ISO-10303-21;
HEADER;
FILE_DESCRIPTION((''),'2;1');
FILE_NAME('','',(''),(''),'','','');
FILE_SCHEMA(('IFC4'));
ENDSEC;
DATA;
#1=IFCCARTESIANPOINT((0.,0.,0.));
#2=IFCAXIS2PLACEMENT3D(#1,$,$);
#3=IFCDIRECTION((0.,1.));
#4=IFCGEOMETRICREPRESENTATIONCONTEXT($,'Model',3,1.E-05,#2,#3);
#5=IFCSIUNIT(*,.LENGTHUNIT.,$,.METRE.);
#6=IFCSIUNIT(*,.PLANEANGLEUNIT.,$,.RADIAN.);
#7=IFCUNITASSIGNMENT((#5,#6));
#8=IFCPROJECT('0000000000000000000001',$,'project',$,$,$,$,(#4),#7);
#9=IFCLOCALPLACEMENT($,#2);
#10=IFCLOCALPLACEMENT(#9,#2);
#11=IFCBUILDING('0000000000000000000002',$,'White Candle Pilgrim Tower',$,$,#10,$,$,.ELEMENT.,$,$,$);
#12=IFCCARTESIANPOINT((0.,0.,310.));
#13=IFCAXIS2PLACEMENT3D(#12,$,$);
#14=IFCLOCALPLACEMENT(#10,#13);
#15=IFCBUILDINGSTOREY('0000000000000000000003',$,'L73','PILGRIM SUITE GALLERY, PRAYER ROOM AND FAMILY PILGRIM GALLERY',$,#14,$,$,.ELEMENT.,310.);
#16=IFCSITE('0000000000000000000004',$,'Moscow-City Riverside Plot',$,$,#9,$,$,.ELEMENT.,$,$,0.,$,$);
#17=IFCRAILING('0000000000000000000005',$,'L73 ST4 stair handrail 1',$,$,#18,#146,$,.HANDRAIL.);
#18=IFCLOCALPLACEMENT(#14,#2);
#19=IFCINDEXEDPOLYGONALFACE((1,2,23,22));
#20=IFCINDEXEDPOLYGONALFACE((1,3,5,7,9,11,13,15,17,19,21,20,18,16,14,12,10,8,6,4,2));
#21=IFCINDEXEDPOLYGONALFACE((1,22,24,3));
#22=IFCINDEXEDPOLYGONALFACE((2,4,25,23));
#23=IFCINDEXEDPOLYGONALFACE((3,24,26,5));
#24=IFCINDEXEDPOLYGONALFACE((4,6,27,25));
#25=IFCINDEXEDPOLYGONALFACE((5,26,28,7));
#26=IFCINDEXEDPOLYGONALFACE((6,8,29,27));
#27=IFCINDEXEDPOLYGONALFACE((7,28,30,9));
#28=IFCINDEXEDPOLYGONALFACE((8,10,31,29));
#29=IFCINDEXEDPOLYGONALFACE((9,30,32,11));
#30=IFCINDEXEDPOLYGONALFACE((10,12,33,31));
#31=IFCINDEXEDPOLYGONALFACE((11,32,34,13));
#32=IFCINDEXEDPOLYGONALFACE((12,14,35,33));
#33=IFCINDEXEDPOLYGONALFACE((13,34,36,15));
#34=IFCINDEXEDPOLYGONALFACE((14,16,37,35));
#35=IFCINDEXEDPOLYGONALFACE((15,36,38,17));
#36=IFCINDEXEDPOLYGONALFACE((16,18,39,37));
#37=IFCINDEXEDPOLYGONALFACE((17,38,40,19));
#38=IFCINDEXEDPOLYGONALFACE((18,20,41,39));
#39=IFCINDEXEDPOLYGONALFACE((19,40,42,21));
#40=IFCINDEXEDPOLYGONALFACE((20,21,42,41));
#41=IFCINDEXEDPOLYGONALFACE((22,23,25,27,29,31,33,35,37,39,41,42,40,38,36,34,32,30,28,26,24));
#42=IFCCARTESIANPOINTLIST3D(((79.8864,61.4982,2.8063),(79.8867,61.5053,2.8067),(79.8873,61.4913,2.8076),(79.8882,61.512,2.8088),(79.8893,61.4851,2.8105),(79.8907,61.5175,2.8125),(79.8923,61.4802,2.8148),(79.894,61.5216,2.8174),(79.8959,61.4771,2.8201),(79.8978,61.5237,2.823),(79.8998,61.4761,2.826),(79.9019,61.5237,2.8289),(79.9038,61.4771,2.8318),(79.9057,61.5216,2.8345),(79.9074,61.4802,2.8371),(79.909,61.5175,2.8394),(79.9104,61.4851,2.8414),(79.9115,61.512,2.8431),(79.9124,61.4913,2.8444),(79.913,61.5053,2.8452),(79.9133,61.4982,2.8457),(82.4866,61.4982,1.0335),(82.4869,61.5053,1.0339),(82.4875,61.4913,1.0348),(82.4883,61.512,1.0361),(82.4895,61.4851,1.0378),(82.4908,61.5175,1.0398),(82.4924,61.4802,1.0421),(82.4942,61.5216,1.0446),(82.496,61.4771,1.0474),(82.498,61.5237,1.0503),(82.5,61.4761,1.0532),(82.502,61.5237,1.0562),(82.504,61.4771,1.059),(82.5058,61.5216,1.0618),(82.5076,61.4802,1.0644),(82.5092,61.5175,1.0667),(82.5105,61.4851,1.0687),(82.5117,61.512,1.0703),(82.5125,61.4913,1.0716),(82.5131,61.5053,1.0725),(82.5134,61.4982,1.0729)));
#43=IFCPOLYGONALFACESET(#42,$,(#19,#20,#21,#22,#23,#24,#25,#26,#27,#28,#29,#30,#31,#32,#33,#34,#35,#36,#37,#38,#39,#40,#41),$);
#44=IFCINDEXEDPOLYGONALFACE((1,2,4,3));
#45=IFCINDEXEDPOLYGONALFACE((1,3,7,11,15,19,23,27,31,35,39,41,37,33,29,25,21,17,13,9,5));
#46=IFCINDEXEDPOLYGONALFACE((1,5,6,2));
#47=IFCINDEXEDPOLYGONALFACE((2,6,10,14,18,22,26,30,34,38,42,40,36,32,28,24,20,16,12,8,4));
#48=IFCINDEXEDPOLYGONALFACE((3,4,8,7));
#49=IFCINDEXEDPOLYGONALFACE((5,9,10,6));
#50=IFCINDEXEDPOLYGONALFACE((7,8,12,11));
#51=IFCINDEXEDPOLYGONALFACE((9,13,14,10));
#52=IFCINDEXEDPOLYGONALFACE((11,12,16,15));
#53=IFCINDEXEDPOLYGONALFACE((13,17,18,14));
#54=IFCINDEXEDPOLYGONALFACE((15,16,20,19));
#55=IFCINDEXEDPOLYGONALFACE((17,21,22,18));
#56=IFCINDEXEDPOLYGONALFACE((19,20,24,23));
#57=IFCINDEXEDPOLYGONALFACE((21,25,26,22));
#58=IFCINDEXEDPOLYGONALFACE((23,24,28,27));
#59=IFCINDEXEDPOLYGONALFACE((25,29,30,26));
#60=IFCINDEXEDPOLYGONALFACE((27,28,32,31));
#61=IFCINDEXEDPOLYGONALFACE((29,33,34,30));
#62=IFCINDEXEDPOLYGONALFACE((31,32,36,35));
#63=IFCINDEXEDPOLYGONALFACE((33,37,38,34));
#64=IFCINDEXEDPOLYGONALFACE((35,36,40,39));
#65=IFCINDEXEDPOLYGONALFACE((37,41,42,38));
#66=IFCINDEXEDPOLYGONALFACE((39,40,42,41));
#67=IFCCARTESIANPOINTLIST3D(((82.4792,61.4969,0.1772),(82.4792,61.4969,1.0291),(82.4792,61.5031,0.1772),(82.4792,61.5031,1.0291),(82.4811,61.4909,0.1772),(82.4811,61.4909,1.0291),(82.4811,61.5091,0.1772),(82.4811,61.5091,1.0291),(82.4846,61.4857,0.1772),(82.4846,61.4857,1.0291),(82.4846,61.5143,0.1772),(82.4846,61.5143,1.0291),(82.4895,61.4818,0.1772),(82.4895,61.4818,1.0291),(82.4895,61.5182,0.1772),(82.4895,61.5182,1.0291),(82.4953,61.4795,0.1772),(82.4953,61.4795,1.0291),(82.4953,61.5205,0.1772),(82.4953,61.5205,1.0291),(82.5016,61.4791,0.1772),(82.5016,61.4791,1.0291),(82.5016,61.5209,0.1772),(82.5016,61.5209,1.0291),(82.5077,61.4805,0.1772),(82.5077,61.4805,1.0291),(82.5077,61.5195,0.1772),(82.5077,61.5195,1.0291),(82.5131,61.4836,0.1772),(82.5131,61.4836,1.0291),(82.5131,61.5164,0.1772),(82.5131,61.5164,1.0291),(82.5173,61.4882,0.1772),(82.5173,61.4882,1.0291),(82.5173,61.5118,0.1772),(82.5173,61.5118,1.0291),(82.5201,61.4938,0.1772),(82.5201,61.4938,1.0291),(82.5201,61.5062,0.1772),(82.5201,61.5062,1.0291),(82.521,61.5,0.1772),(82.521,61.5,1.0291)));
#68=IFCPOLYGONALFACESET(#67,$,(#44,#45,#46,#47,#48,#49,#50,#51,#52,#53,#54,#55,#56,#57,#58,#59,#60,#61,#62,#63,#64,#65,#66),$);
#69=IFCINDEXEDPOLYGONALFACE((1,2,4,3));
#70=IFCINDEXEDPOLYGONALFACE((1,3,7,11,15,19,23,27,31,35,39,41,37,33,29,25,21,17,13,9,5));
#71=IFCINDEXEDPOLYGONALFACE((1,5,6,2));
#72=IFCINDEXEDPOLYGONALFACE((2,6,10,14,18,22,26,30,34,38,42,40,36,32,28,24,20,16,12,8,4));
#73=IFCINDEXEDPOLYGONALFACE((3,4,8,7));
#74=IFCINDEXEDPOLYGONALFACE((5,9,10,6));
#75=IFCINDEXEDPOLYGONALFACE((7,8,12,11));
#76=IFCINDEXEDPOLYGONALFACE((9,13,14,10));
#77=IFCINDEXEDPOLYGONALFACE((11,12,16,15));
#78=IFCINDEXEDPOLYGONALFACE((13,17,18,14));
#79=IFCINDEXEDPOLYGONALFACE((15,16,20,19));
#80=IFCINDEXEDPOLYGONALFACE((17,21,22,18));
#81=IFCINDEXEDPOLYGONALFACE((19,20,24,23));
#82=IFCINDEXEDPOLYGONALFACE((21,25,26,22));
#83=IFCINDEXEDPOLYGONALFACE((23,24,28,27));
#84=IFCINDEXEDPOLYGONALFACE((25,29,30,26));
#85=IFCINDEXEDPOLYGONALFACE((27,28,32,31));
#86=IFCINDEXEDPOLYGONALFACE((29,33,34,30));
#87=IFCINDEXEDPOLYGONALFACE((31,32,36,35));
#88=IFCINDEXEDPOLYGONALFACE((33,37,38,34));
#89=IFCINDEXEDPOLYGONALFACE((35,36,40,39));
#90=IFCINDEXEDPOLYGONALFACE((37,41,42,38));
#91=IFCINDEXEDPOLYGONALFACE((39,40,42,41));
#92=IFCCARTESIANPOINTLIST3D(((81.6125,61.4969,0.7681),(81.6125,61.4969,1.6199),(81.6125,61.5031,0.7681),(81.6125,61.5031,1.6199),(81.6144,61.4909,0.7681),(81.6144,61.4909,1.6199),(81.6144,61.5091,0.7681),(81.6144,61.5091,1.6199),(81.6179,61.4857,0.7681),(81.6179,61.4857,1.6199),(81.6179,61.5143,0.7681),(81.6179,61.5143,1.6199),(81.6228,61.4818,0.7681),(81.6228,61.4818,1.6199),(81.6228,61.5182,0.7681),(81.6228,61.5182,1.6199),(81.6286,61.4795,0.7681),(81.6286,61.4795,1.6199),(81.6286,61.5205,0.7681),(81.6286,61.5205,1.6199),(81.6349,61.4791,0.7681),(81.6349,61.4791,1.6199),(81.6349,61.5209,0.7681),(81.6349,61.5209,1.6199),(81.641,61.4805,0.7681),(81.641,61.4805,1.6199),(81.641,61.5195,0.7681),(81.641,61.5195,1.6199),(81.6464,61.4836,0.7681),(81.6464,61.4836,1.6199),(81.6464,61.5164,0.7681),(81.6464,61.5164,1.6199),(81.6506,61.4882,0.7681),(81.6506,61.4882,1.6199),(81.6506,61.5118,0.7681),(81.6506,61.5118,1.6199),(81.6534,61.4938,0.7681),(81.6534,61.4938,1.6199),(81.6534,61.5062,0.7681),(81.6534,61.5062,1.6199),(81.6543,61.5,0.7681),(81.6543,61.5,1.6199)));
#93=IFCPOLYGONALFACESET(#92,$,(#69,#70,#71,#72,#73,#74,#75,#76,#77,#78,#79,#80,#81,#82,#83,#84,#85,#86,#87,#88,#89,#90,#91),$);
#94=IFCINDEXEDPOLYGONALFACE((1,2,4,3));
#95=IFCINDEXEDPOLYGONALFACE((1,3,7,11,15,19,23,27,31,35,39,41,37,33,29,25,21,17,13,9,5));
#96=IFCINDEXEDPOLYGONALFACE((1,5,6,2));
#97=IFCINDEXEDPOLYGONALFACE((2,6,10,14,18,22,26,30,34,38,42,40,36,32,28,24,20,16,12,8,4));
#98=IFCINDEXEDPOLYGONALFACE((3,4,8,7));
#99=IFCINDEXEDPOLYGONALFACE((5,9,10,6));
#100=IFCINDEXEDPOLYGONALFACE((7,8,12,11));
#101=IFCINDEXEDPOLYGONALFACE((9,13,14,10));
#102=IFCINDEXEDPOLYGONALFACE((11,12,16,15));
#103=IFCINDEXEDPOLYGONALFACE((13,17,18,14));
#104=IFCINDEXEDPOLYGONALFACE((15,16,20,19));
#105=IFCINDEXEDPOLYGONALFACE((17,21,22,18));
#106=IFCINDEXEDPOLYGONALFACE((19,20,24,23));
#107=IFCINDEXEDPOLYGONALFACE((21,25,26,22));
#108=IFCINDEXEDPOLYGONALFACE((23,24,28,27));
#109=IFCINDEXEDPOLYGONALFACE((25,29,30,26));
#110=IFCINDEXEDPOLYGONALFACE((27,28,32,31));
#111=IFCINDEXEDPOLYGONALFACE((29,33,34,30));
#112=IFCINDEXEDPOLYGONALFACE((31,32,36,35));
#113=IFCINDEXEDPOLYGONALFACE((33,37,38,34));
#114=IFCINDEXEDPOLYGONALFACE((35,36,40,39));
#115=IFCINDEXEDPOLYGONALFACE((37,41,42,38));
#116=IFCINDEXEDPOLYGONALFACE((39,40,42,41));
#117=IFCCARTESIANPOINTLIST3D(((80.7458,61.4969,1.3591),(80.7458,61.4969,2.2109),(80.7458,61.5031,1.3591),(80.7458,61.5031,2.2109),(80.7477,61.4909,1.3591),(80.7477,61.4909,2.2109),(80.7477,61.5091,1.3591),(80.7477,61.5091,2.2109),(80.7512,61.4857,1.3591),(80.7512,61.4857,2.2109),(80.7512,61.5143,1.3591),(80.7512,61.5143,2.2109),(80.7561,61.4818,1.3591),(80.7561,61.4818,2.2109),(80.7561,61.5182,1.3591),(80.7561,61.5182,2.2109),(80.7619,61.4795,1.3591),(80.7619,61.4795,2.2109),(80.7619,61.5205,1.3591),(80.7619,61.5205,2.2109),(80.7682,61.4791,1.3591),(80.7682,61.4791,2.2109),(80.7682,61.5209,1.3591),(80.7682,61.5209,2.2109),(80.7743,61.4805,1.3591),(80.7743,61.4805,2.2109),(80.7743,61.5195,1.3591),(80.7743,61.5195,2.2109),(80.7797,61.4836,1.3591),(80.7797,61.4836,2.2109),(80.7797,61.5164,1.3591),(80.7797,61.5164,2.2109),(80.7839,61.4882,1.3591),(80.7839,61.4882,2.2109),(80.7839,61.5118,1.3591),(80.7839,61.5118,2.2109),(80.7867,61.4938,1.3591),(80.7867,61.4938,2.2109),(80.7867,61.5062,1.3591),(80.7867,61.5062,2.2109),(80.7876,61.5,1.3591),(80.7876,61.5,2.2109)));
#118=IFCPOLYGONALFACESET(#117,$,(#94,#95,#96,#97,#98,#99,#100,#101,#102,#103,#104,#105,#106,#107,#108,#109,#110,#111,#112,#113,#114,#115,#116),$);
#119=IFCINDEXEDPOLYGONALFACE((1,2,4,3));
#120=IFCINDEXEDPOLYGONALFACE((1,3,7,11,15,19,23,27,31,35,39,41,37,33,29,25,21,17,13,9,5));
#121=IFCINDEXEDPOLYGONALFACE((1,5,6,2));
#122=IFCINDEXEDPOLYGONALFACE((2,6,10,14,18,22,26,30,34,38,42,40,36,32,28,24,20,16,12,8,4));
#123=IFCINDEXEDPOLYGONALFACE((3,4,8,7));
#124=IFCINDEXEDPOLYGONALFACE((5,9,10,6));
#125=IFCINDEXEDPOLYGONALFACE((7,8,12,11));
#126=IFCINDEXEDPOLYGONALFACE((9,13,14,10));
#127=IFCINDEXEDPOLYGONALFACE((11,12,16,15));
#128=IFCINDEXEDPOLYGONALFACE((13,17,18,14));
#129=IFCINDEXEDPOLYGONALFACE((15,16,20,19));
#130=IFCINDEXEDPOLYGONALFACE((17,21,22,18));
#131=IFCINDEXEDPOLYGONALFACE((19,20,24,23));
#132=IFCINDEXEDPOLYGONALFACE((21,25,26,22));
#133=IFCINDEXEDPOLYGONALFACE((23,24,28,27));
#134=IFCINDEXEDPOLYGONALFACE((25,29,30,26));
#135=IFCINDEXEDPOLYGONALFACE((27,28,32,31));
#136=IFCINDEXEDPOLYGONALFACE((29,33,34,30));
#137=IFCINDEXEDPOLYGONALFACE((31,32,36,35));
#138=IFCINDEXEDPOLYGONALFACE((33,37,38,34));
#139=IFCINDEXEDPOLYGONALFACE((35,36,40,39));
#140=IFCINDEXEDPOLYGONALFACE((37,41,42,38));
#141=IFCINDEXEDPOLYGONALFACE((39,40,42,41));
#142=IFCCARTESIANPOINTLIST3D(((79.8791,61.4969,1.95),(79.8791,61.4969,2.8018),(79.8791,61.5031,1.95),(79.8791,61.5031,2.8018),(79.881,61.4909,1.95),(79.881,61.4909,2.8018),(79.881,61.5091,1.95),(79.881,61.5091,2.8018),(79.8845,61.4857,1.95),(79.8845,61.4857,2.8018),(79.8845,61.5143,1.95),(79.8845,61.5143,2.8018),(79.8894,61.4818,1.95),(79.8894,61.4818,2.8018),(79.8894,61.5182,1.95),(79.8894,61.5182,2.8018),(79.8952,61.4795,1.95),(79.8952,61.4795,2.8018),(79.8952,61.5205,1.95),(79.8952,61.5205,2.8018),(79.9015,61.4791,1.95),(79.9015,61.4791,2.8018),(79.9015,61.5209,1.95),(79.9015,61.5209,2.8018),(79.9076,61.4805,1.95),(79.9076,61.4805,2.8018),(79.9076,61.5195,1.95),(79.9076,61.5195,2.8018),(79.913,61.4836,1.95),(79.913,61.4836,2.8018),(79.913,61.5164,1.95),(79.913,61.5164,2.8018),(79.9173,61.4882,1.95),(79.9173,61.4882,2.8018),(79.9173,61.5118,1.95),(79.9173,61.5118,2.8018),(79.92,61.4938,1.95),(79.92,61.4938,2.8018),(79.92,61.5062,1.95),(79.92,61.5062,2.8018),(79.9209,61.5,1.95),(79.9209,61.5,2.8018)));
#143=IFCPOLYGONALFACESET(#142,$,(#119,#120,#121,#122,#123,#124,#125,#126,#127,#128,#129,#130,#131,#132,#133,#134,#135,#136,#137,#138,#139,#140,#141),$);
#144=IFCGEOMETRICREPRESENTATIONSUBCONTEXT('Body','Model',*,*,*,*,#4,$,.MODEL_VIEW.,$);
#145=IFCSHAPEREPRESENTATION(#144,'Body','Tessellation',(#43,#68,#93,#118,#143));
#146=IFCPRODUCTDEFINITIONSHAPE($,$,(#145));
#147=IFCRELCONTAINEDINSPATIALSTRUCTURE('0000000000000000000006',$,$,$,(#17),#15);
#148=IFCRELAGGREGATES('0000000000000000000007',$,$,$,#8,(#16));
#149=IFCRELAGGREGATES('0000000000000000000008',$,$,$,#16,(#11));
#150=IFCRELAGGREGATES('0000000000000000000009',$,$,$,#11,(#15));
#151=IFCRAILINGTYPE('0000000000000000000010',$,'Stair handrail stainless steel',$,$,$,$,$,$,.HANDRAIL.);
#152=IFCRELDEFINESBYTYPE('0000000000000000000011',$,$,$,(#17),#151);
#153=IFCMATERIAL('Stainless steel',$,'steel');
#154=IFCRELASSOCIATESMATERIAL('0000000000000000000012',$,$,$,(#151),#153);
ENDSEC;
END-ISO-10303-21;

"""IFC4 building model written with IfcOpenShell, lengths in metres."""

from ifc_helpers import new_model, si_unit, direction, frame, origin, origin_2d, place, context, subcontext, project, spatial, circle, extrude, material, type_object, element, save


model = new_model("IFC4")

# Units and contexts
model_context = context("Model", 3, precision=1e-05, world=origin(), true_north=direction((0.0, 1.0)))
body_context = subcontext(model_context, "Body", "Model", "MODEL_VIEW")
ifc_project = project(units=[si_unit("LENGTHUNIT", "METRE"), si_unit("PLANEANGLEUNIT", "RADIAN")], contexts=[model_context])

# Site, building, storey
site_placement = place(None, origin())
site = spatial("IfcSite", under=ifc_project, at=site_placement, Name="Moscow-City Riverside Plot", CompositionType="ELEMENT", RefElevation=0.0)
building_placement = place(site_placement, origin())
building = spatial("IfcBuilding", under=site, at=building_placement, Name="White Candle Pilgrim Tower", CompositionType="ELEMENT")
storey_placement = place(building_placement, frame((0.0, 0.0, 310.0)))
storey = spatial("IfcBuildingStorey", under=building, at=storey_placement, Name="L73", Description="PILGRIM SUITE GALLERY, PRAYER ROOM AND FAMILY PILGRIM GALLERY", CompositionType="ELEMENT", Elevation=310.0)

# Railing
ifc_material_1 = material(Name="Stainless steel", Category="steel")
railing_type_1 = type_object("IfcRailingType", Name="Stair handrail stainless steel", PredefinedType="HANDRAIL", material=ifc_material_1)
railing_1_placement = place(storey_placement, frame((82.5, 61.5, 0.1772)))
element("IfcRailing", 1, at=railing_1_placement, inside=storey, type_object=railing_type_1, Name="L73 ST4 stair handrail 1", PredefinedType="HANDRAIL", context=body_context, shape_type="SweptSolid", body=[
    extrude(circle(Radius=0.0239, at=origin_2d()), frame((0.0, 0.0, 0.876), z_axis=(-0.82624, 0.0, 0.563318), x_axis=(0.0, -1.0, 0.0)), (0.0, 0.0, 1.0), 3.147),
    extrude(circle(Radius=0.021, at=origin_2d()), origin(), (0.0, 0.0, 1.0), 0.8518),
    extrude(circle(Radius=0.021, at=origin_2d()), frame((-0.8667, 0.0, 0.5908)), (0.0, 0.0, 1.0), 0.8518),
    extrude(circle(Radius=0.021, at=origin_2d()), frame((-1.7334, 0.0, 1.1819)), (0.0, 0.0, 1.0), 0.8518),
    extrude(circle(Radius=0.021, at=origin_2d()), frame((-2.6001, 0.0, 1.7727)), (0.0, 0.0, 1.0), 0.8518),
])

save(model, "model.ifc")
